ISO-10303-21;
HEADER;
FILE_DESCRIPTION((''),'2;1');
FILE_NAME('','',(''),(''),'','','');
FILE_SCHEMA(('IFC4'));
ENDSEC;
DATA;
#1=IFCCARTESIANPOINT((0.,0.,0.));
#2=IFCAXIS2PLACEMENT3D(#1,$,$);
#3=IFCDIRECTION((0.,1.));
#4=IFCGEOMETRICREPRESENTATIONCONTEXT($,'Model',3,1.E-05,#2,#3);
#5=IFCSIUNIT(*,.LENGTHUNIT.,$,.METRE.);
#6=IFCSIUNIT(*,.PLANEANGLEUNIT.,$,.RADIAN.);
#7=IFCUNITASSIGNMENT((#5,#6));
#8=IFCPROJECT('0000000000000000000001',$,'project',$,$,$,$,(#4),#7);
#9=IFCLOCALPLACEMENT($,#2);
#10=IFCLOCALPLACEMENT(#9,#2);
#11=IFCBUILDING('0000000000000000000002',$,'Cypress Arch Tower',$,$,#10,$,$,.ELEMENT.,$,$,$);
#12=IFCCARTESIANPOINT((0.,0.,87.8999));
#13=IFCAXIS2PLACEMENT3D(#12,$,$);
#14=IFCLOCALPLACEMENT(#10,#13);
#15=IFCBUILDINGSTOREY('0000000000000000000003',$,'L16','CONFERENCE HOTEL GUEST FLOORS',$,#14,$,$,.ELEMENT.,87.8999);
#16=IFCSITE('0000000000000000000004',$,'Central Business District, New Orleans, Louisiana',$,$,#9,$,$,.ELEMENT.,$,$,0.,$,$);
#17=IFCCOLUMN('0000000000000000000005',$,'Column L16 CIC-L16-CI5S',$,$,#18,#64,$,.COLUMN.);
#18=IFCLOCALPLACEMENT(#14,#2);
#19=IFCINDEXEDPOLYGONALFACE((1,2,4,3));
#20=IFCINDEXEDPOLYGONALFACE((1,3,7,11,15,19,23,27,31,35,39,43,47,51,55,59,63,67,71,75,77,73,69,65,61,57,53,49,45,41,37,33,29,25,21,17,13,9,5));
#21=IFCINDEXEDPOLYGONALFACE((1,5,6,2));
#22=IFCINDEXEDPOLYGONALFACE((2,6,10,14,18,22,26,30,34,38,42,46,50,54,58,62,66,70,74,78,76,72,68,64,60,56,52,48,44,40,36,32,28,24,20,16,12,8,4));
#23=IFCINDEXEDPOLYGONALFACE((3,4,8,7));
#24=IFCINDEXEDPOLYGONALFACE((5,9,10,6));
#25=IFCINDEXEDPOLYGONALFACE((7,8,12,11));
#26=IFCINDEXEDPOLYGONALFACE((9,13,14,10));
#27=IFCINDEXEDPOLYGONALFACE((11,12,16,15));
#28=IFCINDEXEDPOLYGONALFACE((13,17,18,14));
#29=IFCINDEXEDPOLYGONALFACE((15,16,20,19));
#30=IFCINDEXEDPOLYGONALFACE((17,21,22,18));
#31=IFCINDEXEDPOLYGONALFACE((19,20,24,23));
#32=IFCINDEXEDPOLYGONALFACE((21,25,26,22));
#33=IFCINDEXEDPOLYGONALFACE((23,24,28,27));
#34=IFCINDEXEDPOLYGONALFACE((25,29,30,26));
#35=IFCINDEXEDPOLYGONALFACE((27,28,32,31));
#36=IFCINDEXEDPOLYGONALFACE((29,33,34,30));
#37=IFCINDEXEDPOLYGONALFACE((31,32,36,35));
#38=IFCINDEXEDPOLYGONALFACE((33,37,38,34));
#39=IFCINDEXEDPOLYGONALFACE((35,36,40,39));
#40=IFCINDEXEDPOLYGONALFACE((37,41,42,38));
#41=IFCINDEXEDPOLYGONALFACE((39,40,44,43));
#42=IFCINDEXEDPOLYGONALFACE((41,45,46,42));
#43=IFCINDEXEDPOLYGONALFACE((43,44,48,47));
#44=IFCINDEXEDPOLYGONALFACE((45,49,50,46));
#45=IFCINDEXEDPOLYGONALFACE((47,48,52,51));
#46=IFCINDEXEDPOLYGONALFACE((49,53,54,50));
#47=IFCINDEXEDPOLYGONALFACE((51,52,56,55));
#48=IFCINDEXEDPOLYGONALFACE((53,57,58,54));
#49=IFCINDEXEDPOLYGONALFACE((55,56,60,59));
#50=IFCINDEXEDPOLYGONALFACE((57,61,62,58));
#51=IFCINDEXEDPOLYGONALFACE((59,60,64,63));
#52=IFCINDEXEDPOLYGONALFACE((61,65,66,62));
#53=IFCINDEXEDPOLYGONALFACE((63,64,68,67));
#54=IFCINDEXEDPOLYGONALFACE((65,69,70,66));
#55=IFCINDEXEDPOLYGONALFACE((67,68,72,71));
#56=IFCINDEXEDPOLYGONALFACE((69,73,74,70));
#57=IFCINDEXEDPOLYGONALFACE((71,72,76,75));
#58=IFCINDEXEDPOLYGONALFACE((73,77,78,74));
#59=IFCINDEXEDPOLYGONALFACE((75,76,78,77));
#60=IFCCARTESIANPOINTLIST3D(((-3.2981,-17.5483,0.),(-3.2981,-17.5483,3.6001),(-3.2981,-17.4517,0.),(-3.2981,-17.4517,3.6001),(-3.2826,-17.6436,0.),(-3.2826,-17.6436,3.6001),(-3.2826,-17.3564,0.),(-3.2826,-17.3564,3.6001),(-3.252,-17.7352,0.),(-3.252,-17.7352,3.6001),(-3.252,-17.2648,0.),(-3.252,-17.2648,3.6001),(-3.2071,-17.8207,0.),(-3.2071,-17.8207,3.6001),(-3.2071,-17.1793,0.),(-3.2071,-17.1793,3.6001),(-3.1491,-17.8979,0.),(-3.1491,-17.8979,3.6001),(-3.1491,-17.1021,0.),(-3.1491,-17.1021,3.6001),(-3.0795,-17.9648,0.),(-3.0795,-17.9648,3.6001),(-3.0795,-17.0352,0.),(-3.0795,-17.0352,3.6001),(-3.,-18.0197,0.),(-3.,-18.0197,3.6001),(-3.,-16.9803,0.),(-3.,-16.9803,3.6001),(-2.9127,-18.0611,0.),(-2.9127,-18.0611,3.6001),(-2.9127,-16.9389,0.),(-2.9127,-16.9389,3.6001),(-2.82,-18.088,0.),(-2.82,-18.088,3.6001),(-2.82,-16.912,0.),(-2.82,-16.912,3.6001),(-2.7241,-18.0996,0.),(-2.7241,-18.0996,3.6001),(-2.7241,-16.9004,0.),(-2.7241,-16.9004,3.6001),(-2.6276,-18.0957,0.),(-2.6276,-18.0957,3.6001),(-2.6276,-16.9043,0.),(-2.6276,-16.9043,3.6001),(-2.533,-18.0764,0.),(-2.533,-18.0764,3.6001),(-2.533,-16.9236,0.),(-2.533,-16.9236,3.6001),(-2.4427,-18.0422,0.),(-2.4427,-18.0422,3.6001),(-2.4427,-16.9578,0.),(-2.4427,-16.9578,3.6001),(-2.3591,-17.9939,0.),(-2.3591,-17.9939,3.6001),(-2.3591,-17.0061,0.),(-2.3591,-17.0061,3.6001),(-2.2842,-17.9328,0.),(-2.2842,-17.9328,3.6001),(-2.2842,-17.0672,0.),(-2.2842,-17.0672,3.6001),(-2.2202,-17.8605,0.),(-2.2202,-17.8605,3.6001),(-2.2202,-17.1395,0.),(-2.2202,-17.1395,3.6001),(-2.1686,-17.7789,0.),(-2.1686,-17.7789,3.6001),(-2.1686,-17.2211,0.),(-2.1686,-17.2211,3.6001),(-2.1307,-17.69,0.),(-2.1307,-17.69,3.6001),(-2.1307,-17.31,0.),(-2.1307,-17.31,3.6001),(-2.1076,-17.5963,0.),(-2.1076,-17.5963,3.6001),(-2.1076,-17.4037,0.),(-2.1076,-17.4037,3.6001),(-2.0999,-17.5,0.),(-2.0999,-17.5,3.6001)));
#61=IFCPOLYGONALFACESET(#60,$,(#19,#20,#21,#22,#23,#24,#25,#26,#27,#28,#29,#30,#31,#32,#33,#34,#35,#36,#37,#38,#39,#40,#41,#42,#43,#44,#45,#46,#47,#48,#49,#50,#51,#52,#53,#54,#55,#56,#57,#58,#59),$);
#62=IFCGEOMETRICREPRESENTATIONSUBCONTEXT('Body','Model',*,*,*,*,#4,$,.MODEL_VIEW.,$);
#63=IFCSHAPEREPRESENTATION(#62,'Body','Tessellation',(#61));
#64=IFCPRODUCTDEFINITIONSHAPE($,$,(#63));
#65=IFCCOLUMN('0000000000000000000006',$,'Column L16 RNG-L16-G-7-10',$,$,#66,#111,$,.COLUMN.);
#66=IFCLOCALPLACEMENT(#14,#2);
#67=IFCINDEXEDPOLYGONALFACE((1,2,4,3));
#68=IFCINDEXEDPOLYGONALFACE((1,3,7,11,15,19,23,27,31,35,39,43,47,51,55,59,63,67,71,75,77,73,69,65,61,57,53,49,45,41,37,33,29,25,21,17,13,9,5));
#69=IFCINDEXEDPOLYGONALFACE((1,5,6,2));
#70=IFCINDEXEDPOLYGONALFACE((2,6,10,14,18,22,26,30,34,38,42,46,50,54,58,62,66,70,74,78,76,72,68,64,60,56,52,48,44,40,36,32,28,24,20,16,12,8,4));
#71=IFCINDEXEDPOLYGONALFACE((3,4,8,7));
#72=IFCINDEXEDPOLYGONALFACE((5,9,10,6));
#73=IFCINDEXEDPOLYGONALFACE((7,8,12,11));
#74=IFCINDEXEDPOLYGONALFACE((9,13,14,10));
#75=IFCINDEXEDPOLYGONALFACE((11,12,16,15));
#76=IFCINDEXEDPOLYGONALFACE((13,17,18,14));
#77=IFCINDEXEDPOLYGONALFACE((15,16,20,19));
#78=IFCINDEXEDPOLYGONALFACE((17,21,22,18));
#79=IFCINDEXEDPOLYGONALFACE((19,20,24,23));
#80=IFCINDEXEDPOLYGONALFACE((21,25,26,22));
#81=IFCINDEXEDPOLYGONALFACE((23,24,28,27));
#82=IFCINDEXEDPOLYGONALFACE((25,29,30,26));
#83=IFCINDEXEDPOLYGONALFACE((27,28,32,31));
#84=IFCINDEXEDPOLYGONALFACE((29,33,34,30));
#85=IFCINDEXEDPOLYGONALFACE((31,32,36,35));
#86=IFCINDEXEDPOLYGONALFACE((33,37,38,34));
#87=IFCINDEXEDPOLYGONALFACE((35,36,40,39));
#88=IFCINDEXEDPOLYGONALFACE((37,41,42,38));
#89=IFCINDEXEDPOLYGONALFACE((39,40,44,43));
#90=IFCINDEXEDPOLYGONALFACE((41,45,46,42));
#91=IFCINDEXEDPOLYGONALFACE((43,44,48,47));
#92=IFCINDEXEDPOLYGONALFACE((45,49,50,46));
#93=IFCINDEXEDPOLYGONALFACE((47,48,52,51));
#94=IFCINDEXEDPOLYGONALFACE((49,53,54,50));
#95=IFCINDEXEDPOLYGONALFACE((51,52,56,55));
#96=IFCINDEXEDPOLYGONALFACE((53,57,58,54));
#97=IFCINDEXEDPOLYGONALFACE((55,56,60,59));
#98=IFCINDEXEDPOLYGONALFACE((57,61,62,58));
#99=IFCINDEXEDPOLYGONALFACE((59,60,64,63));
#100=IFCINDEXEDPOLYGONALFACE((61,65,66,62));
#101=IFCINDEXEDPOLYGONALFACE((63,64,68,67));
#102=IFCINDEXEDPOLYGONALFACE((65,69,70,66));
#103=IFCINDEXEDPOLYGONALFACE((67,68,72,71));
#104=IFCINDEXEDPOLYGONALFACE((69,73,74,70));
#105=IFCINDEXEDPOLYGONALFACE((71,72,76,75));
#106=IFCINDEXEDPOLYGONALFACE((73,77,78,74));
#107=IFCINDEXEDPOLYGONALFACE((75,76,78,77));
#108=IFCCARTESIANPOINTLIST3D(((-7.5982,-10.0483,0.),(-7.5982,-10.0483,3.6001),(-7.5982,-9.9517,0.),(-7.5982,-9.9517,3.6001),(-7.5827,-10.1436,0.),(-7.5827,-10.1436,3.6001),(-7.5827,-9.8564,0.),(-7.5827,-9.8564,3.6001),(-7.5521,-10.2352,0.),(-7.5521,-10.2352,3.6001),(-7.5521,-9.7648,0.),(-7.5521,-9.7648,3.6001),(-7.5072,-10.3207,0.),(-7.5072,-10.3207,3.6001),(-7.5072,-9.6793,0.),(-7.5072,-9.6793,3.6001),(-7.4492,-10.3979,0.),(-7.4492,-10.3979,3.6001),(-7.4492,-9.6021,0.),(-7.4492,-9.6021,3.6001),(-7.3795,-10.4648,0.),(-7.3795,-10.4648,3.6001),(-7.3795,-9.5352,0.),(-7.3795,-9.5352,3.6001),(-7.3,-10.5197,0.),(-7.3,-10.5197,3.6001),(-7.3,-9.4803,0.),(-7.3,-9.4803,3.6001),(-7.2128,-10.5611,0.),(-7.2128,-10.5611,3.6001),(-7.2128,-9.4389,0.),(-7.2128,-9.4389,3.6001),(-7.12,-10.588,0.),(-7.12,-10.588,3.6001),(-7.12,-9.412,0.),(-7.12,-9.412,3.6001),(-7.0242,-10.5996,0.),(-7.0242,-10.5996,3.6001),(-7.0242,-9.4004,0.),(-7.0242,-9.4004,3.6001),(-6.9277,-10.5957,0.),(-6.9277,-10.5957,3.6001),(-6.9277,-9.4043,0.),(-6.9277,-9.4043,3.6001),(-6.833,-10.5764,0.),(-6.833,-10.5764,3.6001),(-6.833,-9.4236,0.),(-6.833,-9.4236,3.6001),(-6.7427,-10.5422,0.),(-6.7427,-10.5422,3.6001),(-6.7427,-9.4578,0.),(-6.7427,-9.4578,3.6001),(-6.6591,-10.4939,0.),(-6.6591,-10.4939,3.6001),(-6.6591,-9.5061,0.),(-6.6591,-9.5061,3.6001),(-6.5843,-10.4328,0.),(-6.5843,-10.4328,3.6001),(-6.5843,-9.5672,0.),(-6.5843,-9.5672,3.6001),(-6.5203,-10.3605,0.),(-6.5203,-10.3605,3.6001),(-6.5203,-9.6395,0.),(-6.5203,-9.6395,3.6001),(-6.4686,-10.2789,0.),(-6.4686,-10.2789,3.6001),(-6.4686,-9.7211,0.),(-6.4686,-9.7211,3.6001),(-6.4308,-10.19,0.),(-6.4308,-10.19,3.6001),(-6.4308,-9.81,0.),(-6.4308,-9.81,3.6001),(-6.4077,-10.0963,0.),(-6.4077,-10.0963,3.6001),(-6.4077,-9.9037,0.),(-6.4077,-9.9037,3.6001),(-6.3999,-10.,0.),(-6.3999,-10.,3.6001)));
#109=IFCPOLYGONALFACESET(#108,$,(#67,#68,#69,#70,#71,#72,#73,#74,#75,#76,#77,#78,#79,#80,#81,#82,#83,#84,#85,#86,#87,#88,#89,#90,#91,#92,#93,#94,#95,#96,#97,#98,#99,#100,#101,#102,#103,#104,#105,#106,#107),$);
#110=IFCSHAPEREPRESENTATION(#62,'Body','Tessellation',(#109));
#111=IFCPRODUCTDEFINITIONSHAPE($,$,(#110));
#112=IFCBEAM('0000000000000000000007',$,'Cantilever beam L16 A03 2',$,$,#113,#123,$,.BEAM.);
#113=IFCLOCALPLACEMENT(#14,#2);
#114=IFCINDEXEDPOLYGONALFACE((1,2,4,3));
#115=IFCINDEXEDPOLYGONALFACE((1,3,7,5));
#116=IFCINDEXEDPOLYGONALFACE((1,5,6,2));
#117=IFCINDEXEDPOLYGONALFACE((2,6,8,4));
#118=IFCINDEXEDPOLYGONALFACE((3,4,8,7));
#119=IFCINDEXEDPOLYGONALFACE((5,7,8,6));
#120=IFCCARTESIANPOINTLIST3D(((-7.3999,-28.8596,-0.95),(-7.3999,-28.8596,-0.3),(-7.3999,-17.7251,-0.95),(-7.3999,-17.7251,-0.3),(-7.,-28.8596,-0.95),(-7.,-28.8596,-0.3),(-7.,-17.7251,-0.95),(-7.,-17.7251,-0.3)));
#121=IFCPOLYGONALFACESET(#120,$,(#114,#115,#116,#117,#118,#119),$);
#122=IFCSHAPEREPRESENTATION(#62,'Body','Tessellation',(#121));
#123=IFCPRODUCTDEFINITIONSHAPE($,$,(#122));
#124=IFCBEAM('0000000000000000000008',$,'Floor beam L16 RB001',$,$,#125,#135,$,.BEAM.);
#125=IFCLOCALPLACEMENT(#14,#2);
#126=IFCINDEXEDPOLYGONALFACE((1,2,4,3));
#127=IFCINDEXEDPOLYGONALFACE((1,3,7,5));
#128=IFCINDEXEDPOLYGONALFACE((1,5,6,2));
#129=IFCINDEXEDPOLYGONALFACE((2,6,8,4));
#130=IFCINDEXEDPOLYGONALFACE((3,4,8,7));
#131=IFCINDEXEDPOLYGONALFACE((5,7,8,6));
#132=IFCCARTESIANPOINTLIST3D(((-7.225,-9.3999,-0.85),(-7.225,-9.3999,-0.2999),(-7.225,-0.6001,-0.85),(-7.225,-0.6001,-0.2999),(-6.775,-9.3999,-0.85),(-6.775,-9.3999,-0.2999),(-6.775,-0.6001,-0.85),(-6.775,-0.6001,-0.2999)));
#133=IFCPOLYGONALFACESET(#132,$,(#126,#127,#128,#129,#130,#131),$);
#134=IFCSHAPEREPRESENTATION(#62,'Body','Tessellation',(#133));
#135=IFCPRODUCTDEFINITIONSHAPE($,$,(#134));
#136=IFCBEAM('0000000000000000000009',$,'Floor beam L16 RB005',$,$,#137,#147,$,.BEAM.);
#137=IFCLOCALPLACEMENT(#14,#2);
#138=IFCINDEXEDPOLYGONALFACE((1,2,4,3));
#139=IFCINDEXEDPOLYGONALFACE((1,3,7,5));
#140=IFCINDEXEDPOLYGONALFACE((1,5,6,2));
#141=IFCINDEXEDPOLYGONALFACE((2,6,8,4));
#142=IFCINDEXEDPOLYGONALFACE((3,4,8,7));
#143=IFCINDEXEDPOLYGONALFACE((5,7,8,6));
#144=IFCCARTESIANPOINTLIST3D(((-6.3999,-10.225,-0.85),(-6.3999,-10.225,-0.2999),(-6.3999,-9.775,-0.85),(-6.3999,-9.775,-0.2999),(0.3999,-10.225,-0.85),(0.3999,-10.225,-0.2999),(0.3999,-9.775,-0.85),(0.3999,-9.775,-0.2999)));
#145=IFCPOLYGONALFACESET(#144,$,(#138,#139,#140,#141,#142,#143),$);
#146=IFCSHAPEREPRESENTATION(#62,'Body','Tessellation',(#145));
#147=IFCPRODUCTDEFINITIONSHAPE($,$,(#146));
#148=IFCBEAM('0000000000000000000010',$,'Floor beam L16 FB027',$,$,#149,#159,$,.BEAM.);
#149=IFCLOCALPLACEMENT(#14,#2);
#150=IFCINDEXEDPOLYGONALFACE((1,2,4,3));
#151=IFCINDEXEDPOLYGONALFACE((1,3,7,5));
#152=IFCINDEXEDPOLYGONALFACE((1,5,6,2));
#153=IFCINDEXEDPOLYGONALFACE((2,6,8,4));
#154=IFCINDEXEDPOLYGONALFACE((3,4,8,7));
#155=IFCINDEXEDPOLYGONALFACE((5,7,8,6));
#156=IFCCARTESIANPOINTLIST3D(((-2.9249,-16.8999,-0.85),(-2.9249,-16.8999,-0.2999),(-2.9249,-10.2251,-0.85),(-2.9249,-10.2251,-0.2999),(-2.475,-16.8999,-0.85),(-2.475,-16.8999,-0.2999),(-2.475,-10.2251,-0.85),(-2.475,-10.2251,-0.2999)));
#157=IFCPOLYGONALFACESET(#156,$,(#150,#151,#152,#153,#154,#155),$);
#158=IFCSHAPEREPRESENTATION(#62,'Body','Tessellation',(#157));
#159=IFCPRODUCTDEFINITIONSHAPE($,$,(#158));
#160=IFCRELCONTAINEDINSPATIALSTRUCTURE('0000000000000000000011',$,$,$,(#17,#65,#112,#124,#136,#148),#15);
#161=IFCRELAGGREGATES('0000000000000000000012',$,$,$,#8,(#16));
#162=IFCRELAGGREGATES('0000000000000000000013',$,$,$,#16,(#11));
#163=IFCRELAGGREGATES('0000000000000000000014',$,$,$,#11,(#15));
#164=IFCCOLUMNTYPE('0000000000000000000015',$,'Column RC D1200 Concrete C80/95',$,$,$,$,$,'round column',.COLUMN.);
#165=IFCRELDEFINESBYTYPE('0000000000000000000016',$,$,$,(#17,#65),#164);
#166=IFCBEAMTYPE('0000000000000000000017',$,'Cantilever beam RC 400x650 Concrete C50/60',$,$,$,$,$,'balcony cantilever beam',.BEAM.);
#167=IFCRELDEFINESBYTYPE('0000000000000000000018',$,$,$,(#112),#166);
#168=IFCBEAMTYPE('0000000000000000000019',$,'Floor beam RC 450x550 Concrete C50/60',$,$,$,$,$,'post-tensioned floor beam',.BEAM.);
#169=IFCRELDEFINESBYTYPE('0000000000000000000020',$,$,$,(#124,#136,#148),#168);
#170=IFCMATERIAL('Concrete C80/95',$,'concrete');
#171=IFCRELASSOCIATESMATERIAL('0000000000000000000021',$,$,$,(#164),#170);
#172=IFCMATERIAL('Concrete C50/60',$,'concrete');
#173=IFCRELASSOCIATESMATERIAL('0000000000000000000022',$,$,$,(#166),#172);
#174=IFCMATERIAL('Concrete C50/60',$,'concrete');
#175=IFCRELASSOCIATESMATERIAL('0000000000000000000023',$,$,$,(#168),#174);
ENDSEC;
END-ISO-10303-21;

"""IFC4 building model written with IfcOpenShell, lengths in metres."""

from ifc_helpers import new_model, si_unit, direction, frame, origin, origin_2d, place, context, subcontext, project, spatial, rectangle, circle, extrude, material, material_profile, profile_set, type_object, element, save


model = new_model("IFC4")

# Units and contexts
model_context = context("Model", 3, precision=1e-05, world=origin(), true_north=direction((0.0, 1.0)))
body_context = subcontext(model_context, "Body", "Model", "MODEL_VIEW")
ifc_project = project(units=[si_unit("LENGTHUNIT", "METRE"), si_unit("PLANEANGLEUNIT", "RADIAN")], contexts=[model_context])

# Site, building, storey
site_placement = place(None, origin())
site = spatial("IfcSite", under=ifc_project, at=site_placement, Name="Central Business District, New Orleans, Louisiana", CompositionType="ELEMENT", RefElevation=0.0)
building_placement = place(site_placement, origin())
building = spatial("IfcBuilding", under=site, at=building_placement, Name="Cypress Arch Tower", CompositionType="ELEMENT")
storey_placement = place(building_placement, frame((0.0, 0.0, 87.8999)))
storey = spatial("IfcBuildingStorey", under=building, at=storey_placement, Name="L16", Description="CONFERENCE HOTEL GUEST FLOORS", CompositionType="ELEMENT", Elevation=87.8999)

# Columns
ifc_material_1 = material(Name="Concrete C80/95", Category="concrete")
ifc_material_profile_1 = material_profile(ifc_material_1, circle(Radius=0.6001, at=origin_2d()), Name="RC D1200")
ifc_profile_set_1 = profile_set([ifc_material_profile_1], Name="Concrete C80/95")
column_type = type_object("IfcColumnType", Name="Column RC D1200 Concrete C80/95", ElementType="round column", PredefinedType="COLUMN", material=ifc_profile_set_1)
for number, where, z_axis, x_axis, name in (
    (1, (-2.7, -17.5, 0.0), (0.0, 0.0, 1.0), (1.0, 0.0, 0.0), "Column L16 CIC-L16-CI5S"),
    (2, (-7.0, -10.0, 0.0), (0.0, 0.0, 1.0), (1.0, 0.0, 0.0), "Column L16 RNG-L16-G-7-10"),
):
    element("IfcColumn", number, at=place(storey_placement, frame(where, z_axis=z_axis, x_axis=x_axis)), inside=storey, type_object=column_type, Name=name, PredefinedType="COLUMN", context=body_context, shape_type="SweptSolid", body=[
        extrude(circle(Radius=0.6001, at=origin_2d()), origin(), (0.0, 0.0, 1.0), 3.6001),
    ])

# Beams
ifc_material_2 = material(Name="Concrete C50/60", Category="concrete")
ifc_material_profile_2 = material_profile(ifc_material_2, rectangle(XDim=0.3999, YDim=0.6499, at=origin_2d()), Name="RC 400x650")
ifc_profile_set_2 = profile_set([ifc_material_profile_2], Name="Concrete C50/60")
beam_type_1 = type_object("IfcBeamType", Name="Cantilever beam RC 400x650 Concrete C50/60", ElementType="balcony cantilever beam", PredefinedType="BEAM", material=ifc_profile_set_2)
beam_1_placement = place(storey_placement, frame((-7.2, -17.7251, -0.625), z_axis=(0.0, -1.0, 0.0), x_axis=(1.0, 0.0, 0.0)))
element("IfcBeam", 3, at=beam_1_placement, inside=storey, type_object=beam_type_1, Name="Cantilever beam L16 A03 2", PredefinedType="BEAM", context=body_context, shape_type="SweptSolid", body=[
    extrude(rectangle(XDim=0.3999, YDim=0.6499, at=origin_2d()), origin(), (0.0, 0.0, 1.0), 11.1345),
])
ifc_material_3 = material(Name="Concrete C50/60", Category="concrete")
ifc_material_profile_3 = material_profile(ifc_material_3, rectangle(XDim=0.45, YDim=0.55, at=origin_2d()), Name="RC 450x550")
ifc_profile_set_3 = profile_set([ifc_material_profile_3], Name="Concrete C50/60")
beam_type_2 = type_object("IfcBeamType", Name="Floor beam RC 450x550 Concrete C50/60", ElementType="post-tensioned floor beam", PredefinedType="BEAM", material=ifc_profile_set_3)
beam_2_placement = place(storey_placement, frame((-7.0, -9.3999, -0.575), z_axis=(0.0, 1.0, 0.0), x_axis=(-1.0, 0.0, 0.0)))
element("IfcBeam", 4, at=beam_2_placement, inside=storey, type_object=beam_type_2, Name="Floor beam L16 RB001", PredefinedType="BEAM", context=body_context, shape_type="SweptSolid", body=[
    extrude(rectangle(XDim=0.45, YDim=0.55, at=origin_2d()), origin(), (0.0, 0.0, 1.0), 8.7998),
])
beam_3_placement = place(storey_placement, frame((-6.3999, -10.0, -0.575), z_axis=(1.0, 0.0, 0.0), x_axis=(0.0, 1.0, 0.0)))
element("IfcBeam", 5, at=beam_3_placement, inside=storey, type_object=beam_type_2, Name="Floor beam L16 RB005", PredefinedType="BEAM", context=body_context, shape_type="SweptSolid", body=[
    extrude(rectangle(XDim=0.45, YDim=0.55, at=origin_2d()), origin(), (0.0, 0.0, 1.0), 6.7998),
])
beam_4_placement = place(storey_placement, frame((-2.7, -16.8999, -0.575), z_axis=(0.0, 1.0, 0.0), x_axis=(-1.0, 0.0, 0.0)))
element("IfcBeam", 6, at=beam_4_placement, inside=storey, type_object=beam_type_2, Name="Floor beam L16 FB027", PredefinedType="BEAM", context=body_context, shape_type="SweptSolid", body=[
    extrude(rectangle(XDim=0.45, YDim=0.55, at=origin_2d()), origin(), (0.0, 0.0, 1.0), 6.6748),
])

save(model, "model.ifc")
